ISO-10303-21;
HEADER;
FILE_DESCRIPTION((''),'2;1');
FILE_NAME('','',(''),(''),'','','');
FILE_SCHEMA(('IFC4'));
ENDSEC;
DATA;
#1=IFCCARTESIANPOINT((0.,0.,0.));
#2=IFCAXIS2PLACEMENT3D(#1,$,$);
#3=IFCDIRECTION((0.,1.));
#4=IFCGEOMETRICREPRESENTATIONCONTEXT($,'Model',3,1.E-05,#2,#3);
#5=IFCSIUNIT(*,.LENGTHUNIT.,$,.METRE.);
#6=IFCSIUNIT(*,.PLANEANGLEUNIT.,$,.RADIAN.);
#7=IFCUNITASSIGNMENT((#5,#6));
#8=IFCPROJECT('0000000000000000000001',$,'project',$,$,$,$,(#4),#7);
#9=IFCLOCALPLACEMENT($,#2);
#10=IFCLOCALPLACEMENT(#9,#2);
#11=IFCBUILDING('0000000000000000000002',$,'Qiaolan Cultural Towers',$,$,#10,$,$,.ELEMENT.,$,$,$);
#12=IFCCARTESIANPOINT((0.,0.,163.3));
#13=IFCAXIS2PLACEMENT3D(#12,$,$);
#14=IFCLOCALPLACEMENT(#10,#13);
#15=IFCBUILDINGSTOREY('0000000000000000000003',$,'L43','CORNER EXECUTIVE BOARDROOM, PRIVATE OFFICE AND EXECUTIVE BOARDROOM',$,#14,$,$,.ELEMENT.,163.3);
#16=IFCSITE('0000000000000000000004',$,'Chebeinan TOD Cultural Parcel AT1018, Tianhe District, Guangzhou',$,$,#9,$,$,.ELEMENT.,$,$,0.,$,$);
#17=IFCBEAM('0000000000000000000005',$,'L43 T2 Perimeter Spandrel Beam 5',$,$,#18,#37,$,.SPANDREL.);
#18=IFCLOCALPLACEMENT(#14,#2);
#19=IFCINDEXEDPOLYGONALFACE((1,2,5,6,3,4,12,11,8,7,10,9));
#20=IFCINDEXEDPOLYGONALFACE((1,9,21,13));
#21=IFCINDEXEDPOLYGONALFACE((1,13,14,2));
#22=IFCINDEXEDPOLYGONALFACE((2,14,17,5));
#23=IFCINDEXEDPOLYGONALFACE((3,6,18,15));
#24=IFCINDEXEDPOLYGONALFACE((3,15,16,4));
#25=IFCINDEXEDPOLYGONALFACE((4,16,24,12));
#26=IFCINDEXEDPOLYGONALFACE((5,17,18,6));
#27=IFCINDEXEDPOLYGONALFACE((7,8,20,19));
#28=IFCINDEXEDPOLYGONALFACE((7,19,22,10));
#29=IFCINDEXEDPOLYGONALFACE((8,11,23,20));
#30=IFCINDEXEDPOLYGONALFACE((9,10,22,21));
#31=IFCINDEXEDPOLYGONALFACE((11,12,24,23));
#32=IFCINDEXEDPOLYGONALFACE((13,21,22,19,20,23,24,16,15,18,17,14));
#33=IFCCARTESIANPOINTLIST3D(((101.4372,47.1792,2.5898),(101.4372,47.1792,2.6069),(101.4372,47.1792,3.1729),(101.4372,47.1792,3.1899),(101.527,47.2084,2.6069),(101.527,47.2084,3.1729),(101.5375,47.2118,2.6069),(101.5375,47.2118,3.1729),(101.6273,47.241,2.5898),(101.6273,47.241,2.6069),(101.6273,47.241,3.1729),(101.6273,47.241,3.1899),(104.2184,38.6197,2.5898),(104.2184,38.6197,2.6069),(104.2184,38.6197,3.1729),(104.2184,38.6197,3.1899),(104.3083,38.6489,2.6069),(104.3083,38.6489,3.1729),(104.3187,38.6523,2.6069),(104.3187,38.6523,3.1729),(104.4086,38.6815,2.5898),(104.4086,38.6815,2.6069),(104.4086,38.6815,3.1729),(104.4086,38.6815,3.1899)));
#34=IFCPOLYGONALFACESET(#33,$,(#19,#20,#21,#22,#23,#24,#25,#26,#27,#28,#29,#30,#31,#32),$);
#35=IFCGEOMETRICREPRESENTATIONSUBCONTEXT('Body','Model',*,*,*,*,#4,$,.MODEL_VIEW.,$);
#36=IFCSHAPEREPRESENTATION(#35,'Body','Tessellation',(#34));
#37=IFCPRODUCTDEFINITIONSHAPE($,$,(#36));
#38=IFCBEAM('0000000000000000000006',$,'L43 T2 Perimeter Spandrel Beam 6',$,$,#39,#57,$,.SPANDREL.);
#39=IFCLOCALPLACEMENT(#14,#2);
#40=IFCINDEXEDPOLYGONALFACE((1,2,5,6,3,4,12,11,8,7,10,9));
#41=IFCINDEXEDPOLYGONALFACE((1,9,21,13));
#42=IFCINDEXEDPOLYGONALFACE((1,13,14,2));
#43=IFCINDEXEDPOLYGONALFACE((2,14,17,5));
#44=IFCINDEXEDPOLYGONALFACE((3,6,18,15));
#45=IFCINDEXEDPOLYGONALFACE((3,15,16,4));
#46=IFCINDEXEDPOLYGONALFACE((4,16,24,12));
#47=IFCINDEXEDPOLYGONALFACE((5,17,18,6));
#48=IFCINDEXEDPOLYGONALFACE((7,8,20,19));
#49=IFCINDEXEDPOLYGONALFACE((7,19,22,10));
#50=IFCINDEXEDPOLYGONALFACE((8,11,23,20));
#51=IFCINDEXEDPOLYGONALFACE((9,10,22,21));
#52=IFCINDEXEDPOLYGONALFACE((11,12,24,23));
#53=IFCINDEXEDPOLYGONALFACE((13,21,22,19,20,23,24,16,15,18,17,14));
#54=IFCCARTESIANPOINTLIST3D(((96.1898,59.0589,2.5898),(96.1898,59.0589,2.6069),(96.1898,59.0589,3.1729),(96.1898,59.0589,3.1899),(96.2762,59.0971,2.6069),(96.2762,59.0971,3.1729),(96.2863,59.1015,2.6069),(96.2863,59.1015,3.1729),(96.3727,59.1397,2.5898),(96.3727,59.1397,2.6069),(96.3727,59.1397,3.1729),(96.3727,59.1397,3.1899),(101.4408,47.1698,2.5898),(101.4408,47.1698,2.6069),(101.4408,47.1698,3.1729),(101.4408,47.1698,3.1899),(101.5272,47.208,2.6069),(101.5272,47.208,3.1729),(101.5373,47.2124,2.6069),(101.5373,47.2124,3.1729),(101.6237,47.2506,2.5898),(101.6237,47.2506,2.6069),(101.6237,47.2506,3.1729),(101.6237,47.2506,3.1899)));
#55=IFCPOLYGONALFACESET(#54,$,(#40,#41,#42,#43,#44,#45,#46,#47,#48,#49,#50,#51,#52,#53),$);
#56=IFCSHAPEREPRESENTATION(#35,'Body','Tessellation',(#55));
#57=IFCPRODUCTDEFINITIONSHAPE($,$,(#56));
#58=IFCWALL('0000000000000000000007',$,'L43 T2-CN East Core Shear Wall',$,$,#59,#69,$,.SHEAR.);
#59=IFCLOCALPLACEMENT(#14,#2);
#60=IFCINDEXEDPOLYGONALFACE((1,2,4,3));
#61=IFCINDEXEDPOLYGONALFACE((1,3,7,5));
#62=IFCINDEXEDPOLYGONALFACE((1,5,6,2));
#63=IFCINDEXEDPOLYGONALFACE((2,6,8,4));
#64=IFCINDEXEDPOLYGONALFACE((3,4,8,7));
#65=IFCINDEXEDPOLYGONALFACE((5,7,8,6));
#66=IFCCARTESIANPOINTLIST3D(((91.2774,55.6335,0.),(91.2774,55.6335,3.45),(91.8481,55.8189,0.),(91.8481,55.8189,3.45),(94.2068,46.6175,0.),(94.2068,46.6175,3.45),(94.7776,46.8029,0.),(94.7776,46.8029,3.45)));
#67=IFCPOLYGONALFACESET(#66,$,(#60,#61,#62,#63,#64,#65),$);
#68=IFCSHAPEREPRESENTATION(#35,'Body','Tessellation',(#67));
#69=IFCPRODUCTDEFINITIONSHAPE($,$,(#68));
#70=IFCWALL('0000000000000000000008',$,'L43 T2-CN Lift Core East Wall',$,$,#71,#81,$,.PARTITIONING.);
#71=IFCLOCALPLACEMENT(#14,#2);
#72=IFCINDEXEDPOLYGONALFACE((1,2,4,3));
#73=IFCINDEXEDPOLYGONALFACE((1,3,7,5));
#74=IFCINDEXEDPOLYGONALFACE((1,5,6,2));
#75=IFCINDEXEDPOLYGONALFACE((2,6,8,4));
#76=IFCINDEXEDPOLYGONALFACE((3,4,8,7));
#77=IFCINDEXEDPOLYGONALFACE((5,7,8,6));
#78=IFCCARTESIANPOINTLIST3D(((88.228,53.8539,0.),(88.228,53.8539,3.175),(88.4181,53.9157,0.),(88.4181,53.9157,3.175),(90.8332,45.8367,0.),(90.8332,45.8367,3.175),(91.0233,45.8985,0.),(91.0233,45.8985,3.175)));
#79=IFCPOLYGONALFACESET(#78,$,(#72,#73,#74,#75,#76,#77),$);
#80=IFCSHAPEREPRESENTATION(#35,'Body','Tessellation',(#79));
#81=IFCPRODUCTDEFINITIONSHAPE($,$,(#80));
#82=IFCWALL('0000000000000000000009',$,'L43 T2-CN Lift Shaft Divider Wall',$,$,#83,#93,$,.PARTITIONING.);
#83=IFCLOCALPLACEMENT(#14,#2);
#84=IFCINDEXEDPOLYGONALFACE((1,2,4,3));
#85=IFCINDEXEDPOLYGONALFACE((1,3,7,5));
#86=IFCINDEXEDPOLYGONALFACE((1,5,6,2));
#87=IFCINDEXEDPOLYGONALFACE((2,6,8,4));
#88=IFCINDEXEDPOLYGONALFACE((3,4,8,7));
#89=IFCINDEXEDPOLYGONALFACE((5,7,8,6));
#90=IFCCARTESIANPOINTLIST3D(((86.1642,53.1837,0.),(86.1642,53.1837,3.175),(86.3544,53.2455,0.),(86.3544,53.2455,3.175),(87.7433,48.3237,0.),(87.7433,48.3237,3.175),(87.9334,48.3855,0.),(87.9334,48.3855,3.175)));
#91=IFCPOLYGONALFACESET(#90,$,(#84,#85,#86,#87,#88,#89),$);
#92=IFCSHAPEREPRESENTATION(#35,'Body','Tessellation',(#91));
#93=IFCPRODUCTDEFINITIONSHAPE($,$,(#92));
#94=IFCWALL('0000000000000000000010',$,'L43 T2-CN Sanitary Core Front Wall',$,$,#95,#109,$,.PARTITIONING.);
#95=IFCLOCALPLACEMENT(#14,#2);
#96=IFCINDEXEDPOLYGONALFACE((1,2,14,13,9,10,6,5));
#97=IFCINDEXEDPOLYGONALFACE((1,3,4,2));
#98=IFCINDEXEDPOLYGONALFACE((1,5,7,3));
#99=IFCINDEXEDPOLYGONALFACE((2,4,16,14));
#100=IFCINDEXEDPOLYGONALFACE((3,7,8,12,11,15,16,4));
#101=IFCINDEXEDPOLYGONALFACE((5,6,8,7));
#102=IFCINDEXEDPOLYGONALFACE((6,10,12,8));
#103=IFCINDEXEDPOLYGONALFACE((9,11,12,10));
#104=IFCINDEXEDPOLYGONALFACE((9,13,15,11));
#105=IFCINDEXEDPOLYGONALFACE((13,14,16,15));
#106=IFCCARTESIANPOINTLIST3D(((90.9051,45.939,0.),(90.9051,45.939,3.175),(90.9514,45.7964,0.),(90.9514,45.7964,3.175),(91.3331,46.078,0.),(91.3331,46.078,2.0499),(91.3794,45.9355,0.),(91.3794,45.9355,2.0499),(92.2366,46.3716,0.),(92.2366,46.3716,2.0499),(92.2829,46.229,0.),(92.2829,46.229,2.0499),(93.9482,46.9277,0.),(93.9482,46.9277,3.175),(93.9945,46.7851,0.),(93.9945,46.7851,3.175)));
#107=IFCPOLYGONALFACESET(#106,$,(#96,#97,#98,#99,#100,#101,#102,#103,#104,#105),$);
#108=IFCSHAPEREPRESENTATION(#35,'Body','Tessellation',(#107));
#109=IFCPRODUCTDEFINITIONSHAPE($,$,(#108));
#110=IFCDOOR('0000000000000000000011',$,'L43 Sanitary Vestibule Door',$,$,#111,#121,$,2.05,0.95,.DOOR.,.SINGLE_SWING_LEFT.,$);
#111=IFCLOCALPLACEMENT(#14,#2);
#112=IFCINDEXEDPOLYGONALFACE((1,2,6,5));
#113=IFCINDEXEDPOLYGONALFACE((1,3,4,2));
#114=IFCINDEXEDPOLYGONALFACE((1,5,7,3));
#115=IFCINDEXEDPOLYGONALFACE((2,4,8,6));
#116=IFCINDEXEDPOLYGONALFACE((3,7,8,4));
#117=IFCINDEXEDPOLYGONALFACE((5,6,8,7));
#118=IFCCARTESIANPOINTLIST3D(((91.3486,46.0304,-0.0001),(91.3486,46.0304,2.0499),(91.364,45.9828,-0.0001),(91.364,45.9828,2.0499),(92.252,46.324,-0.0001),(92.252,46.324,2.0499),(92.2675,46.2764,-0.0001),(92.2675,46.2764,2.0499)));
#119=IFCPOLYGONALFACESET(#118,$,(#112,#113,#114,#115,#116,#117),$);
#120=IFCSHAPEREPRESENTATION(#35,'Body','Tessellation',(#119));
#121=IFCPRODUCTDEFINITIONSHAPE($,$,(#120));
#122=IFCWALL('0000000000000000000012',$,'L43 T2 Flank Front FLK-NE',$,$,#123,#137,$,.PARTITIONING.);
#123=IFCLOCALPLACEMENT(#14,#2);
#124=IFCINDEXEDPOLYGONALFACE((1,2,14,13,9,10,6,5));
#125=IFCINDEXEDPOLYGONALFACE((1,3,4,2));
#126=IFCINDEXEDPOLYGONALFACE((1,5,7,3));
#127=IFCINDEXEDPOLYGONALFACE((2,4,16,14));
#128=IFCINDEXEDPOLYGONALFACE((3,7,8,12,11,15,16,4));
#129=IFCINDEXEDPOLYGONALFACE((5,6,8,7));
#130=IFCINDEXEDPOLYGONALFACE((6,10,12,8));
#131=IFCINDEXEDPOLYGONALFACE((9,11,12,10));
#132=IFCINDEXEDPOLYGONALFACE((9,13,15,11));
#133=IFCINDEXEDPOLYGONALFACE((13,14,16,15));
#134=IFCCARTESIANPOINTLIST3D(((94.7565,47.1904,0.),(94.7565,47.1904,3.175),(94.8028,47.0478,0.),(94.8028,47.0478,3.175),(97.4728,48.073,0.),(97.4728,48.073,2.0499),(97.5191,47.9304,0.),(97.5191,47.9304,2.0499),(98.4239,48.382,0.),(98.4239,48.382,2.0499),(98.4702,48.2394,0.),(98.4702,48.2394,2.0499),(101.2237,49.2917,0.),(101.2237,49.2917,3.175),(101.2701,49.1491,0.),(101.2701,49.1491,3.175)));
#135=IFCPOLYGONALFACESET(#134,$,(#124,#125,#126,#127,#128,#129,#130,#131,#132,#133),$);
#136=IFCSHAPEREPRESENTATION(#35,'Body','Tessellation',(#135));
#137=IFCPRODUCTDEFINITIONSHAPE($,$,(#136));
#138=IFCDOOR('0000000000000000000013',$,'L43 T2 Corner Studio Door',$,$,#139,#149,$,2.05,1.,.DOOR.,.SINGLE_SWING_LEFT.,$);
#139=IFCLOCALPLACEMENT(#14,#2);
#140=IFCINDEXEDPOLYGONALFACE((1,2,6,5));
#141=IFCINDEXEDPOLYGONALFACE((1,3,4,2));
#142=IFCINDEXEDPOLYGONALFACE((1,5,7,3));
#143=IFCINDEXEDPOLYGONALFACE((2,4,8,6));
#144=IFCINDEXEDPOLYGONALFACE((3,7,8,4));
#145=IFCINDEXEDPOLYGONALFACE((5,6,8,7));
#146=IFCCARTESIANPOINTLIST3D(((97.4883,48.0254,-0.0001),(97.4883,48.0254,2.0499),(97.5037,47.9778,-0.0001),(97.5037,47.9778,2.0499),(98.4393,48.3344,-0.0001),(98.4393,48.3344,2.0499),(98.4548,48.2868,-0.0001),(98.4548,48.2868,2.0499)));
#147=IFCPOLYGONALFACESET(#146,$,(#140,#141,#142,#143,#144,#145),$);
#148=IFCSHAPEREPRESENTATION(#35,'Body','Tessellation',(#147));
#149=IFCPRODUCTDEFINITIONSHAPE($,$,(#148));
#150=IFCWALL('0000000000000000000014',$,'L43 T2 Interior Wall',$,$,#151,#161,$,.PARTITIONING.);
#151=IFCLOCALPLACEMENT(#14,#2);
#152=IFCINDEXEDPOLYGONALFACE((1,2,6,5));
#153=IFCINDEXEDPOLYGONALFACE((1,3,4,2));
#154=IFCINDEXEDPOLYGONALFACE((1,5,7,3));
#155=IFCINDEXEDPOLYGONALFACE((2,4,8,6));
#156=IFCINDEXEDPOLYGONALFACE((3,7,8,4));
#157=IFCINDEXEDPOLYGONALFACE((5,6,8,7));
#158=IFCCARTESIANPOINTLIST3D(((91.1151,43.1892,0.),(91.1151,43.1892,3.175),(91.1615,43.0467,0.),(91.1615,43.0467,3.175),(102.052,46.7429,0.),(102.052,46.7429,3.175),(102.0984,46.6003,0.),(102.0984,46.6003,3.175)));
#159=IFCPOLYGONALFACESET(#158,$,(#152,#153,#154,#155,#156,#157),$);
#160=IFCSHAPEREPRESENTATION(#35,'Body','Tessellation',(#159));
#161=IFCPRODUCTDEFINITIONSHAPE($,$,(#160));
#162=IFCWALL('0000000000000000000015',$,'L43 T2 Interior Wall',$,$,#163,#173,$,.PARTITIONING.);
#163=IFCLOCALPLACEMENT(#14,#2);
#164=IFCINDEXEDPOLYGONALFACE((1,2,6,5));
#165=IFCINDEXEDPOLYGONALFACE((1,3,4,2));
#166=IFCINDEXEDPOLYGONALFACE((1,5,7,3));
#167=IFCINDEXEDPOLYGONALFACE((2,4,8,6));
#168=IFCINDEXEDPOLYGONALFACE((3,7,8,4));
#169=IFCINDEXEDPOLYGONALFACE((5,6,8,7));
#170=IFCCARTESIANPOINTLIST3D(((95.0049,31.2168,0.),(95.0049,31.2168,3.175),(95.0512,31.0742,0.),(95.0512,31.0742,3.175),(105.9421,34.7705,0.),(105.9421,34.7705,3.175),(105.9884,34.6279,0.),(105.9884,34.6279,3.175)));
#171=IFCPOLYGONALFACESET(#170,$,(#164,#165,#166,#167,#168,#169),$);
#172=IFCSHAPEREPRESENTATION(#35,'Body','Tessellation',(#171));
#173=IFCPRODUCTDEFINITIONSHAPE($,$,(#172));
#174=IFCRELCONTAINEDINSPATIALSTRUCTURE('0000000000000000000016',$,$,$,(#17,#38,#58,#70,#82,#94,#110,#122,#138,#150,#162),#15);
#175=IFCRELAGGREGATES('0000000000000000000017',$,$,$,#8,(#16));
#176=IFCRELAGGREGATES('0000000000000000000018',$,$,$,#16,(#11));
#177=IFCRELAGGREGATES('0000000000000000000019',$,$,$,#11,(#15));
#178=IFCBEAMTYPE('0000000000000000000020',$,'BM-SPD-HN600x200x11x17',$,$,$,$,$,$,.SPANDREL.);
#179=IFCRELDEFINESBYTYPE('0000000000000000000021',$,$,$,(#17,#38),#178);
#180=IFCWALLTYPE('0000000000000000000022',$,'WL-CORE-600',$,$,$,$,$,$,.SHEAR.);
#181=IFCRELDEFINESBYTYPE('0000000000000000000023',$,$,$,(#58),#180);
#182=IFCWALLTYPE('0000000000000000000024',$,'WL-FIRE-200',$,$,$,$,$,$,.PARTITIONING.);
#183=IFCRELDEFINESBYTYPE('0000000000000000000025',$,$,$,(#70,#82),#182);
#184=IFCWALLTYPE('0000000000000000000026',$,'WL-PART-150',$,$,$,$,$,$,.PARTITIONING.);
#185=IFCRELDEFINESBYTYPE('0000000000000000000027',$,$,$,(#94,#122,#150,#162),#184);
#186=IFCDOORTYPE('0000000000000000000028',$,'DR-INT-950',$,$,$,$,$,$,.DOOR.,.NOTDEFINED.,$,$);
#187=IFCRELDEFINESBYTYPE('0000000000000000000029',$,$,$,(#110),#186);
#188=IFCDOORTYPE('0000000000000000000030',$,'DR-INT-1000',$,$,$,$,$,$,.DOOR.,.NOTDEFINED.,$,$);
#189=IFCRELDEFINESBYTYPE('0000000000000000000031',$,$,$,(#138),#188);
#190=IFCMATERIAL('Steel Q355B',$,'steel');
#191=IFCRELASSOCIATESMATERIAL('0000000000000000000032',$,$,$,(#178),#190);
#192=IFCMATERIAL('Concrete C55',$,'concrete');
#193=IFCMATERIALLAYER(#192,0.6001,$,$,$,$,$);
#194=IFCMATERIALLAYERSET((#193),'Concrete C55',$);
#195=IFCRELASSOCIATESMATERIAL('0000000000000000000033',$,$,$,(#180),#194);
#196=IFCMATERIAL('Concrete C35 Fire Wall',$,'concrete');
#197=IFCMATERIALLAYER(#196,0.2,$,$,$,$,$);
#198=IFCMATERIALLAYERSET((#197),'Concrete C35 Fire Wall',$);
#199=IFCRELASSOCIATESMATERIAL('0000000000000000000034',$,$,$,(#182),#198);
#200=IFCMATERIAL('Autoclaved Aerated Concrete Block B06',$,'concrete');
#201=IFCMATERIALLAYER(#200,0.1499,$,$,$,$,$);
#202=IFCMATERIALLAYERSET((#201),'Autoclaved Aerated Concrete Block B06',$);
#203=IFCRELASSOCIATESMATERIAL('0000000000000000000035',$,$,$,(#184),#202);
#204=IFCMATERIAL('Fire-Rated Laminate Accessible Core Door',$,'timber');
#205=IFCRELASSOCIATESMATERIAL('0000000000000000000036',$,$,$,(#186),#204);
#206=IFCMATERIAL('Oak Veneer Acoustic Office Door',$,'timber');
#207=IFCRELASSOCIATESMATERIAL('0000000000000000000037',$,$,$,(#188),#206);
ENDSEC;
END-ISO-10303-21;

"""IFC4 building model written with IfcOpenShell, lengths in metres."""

from ifc_helpers import new_model, si_unit, direction, frame, frame_2d, origin, origin_2d, place, context, subcontext, project, spatial, rectangle, i_section, extrude, material, layer, layer_set, material_profile, profile_set, type_object, element, fill, save


model = new_model("IFC4")

# Units and contexts
model_context = context("Model", 3, precision=1e-05, world=origin(), true_north=direction((0.0, 1.0)))
body_context = subcontext(model_context, "Body", "Model", "MODEL_VIEW")
ifc_project = project(units=[si_unit("LENGTHUNIT", "METRE"), si_unit("PLANEANGLEUNIT", "RADIAN")], contexts=[model_context])

# Site, building, storey
site_placement = place(None, origin())
site = spatial("IfcSite", under=ifc_project, at=site_placement, Name="Chebeinan TOD Cultural Parcel AT1018, Tianhe District, Guangzhou", CompositionType="ELEMENT", RefElevation=0.0)
building_placement = place(site_placement, origin())
building = spatial("IfcBuilding", under=site, at=building_placement, Name="Qiaolan Cultural Towers", CompositionType="ELEMENT")
storey_placement = place(building_placement, frame((0.0, 0.0, 163.3)))
storey = spatial("IfcBuildingStorey", under=building, at=storey_placement, Name="L43", Description="CORNER EXECUTIVE BOARDROOM, PRIVATE OFFICE AND EXECUTIVE BOARDROOM", CompositionType="ELEMENT", Elevation=163.3)

# Beams
ifc_material_1 = material(Name="Steel Q355B", Category="steel")
ifc_material_profile_1 = material_profile(ifc_material_1, i_section(OverallWidth=0.2, OverallDepth=0.6001, WebThickness=0.011, FlangeThickness=0.0171, at=origin_2d()), Name="HN600x200x11x17")
ifc_profile_set_1 = profile_set([ifc_material_profile_1], Name="Steel Q355B")
beam_type_1 = type_object("IfcBeamType", Name="BM-SPD-HN600x200x11x17", PredefinedType="SPANDREL", material=ifc_profile_set_1)
beam_1_placement = place(storey_placement, frame((104.3135, 38.6506, 2.8899), z_axis=(-0.309025, 0.951054, 0.0), x_axis=(-0.951054, -0.309025, 0.0)))
element("IfcBeam", 1, at=beam_1_placement, inside=storey, type_object=beam_type_1, Name="L43 T2 Perimeter Spandrel Beam 5", PredefinedType="SPANDREL", context=body_context, shape_type="SweptSolid", body=[
    extrude(i_section(OverallWidth=0.2, OverallDepth=0.6001, WebThickness=0.011, FlangeThickness=0.0171, at=origin_2d()), origin(), (0.0, 0.0, 1.0), 9.0),
])
beam_2_placement = place(storey_placement, frame((101.5322, 47.2102, 2.8899), z_axis=(-0.404011, 0.914754, 0.0), x_axis=(-0.914754, -0.404011, 0.0)))
element("IfcBeam", 2, at=beam_2_placement, inside=storey, type_object=beam_type_1, Name="L43 T2 Perimeter Spandrel Beam 6", PredefinedType="SPANDREL", context=body_context, shape_type="SweptSolid", body=[
    extrude(i_section(OverallWidth=0.2, OverallDepth=0.6001, WebThickness=0.011, FlangeThickness=0.0171, at=origin_2d()), origin(), (0.0, 0.0, 1.0), 12.9971),
])

# Walls
ifc_material_2 = material(Name="Concrete C55", Category="concrete")
ifc_layer_1 = layer(ifc_material_2, 0.6001)
ifc_layer_set_1 = layer_set([ifc_layer_1], Name="Concrete C55")
wall_type_1 = type_object("IfcWallType", Name="WL-CORE-600", PredefinedType="SHEAR", material=ifc_layer_set_1)
wall_1_placement = place(storey_placement, frame((94.4922, 46.7102, 0.0), z_axis=(0.0, 0.0, 1.0), x_axis=(-0.30901, 0.951059, 0.0)))
element("IfcWall", 3, at=wall_1_placement, inside=storey, type_object=wall_type_1, Name="L43 T2-CN East Core Shear Wall", PredefinedType="SHEAR", context=body_context, shape_type="SweptSolid", body=[
    extrude(rectangle(XDim=9.48, YDim=0.6001, at=frame_2d((4.74, 0.0))), origin(), (0.0, 0.0, 1.0), 3.45),
])
ifc_material_3 = material(Name="Concrete C35 Fire Wall", Category="concrete")
ifc_layer_2 = layer(ifc_material_3, 0.2)
ifc_layer_set_2 = layer_set([ifc_layer_2], Name="Concrete C35 Fire Wall")
wall_type_2 = type_object("IfcWallType", Name="WL-FIRE-200", PredefinedType="PARTITIONING", material=ifc_layer_set_2)
wall_2_placement = place(storey_placement, frame((90.9282, 45.8677, 0.0), z_axis=(0.0, 0.0, 1.0), x_axis=(-0.309042, 0.951048, 0.0)))
element("IfcWall", 4, at=wall_2_placement, inside=storey, type_object=wall_type_2, Name="L43 T2-CN Lift Core East Wall", PredefinedType="PARTITIONING", context=body_context, shape_type="SweptSolid", body=[
    extrude(rectangle(XDim=8.4299, YDim=0.2, at=frame_2d((4.2148, 0.0))), origin(), (0.0, 0.0, 1.0), 3.175),
])
wall_3_placement = place(storey_placement, frame((87.8384, 48.3545, 0.0), z_axis=(0.0, 0.0, 1.0), x_axis=(-0.309009, 0.951059, 0.0)))
element("IfcWall", 5, at=wall_3_placement, inside=storey, type_object=wall_type_2, Name="L43 T2-CN Lift Shaft Divider Wall", PredefinedType="PARTITIONING", context=body_context, shape_type="SweptSolid", body=[
    extrude(rectangle(XDim=5.1101, YDim=0.2, at=frame_2d((2.5552, 0.0))), origin(), (0.0, 0.0, 1.0), 3.175),
])

# Walls, openings, doors
ifc_material_4 = material(Name="Autoclaved Aerated Concrete Block B06", Category="concrete")
ifc_layer_3 = layer(ifc_material_4, 0.1499)
ifc_layer_set_3 = layer_set([ifc_layer_3], Name="Autoclaved Aerated Concrete Block B06")
wall_type_3 = type_object("IfcWallType", Name="WL-PART-150", PredefinedType="PARTITIONING", material=ifc_layer_set_3)
wall_4_placement = place(storey_placement, frame((90.9282, 45.8677, 0.0), z_axis=(0.0, 0.0, 1.0), x_axis=(0.951059, 0.309008, 0.0)))
wall_4 = element("IfcWall", 6, at=wall_4_placement, inside=storey, type_object=wall_type_3, Name="L43 T2-CN Sanitary Core Front Wall", PredefinedType="PARTITIONING", context=body_context, shape_type="SweptSolid", body=[
    extrude(rectangle(XDim=3.1997, YDim=0.1499, at=frame_2d((1.5999, 0.0))), origin(), (0.0, 0.0, 1.0), 3.175),
])
opening_1_placement = place(wall_4_placement, frame((0.45, 0.0, 0.0)))
opening_1 = element("IfcOpeningElement", 7, at=opening_1_placement, cuts=wall_4, PredefinedType="OPENING", context=body_context, shape_type="SweptSolid", body=[
    extrude(rectangle(XDim=0.95, YDim=2.05, at=frame_2d((0.4751, 1.0249))), frame((0.0, 0.085, 0.0), z_axis=(0.0, -1.0, 0.0), x_axis=(1.0, 0.0, 0.0)), (0.0, 0.0, 1.0), 0.1699),
])
ifc_material_5 = material(Name="Fire-Rated Laminate Accessible Core Door", Category="timber")
door_type_1 = type_object("IfcDoorType", Name="DR-INT-950", OperationType="NOTDEFINED", PredefinedType="DOOR", material=ifc_material_5)
door_1_placement = place(opening_1_placement, origin())
door_1 = element("IfcDoor", 8, at=door_1_placement, inside=storey, type_object=door_type_1, Name="L43 Sanitary Vestibule Door", OperationType="SINGLE_SWING_LEFT", OverallHeight=2.05, OverallWidth=0.95, PredefinedType="DOOR", context=body_context, shape_type="SweptSolid", body=[
    extrude(rectangle(XDim=0.95, YDim=2.05, at=frame_2d((0.4751, 1.0249))), frame((0.0, 0.0249, 0.0), z_axis=(0.0, -1.0, 0.0), x_axis=(1.0, 0.0, 0.0)), (0.0, 0.0, 1.0), 0.05),
])
fill(opening_1, door_1)
wall_5_placement = place(storey_placement, frame((94.7798, 47.1191, 0.0), z_axis=(0.0, 0.0, 1.0), x_axis=(0.951058, 0.309013, 0.0)))
wall_5 = element("IfcWall", 9, at=wall_5_placement, inside=storey, type_object=wall_type_3, Name="L43 T2 Flank Front FLK-NE", PredefinedType="PARTITIONING", context=body_context, shape_type="SweptSolid", body=[
    extrude(rectangle(XDim=6.8, YDim=0.1499, at=frame_2d((3.3999, 0.0))), origin(), (0.0, 0.0, 1.0), 3.175),
])
opening_2_placement = place(wall_5_placement, frame((2.856, 0.0, 0.0)))
opening_2 = element("IfcOpeningElement", 10, at=opening_2_placement, cuts=wall_5, PredefinedType="OPENING", context=body_context, shape_type="SweptSolid", body=[
    extrude(rectangle(XDim=1.0, YDim=2.05, at=frame_2d((0.5, 1.0249))), frame((0.0, 0.085, 0.0), z_axis=(0.0, -1.0, 0.0), x_axis=(1.0, 0.0, 0.0)), (0.0, 0.0, 1.0), 0.1699),
])
ifc_material_6 = material(Name="Oak Veneer Acoustic Office Door", Category="timber")
door_type_2 = type_object("IfcDoorType", Name="DR-INT-1000", OperationType="NOTDEFINED", PredefinedType="DOOR", material=ifc_material_6)
door_2_placement = place(opening_2_placement, origin())
door_2 = element("IfcDoor", 11, at=door_2_placement, inside=storey, type_object=door_type_2, Name="L43 T2 Corner Studio Door", OperationType="SINGLE_SWING_LEFT", OverallHeight=2.05, OverallWidth=1.0, PredefinedType="DOOR", context=body_context, shape_type="SweptSolid", body=[
    extrude(rectangle(XDim=1.0, YDim=2.05, at=frame_2d((0.5, 1.0249))), frame((0.0, 0.0249, 0.0), z_axis=(0.0, -1.0, 0.0), x_axis=(1.0, 0.0, 0.0)), (0.0, 0.0, 1.0), 0.05),
])
fill(opening_2, door_2)

# Walls
wall_6_placement = place(storey_placement, frame((91.1382, 43.1179, 0.0), z_axis=(0.0, 0.0, 1.0), x_axis=(0.951055, 0.309022, 0.0)))
element("IfcWall", 12, at=wall_6_placement, inside=storey, type_object=wall_type_3, Name="L43 T2 Interior Wall", PredefinedType="PARTITIONING", context=body_context, shape_type="SweptSolid", body=[
    extrude(rectangle(XDim=11.4998, YDim=0.1499, at=frame_2d((5.75, 0.0))), origin(), (0.0, 0.0, 1.0), 3.175),
])
wall_7_placement = place(storey_placement, frame((95.0281, 31.1455, 0.0), z_axis=(0.0, 0.0, 1.0), x_axis=(0.951057, 0.309016, 0.0)))
element("IfcWall", 13, at=wall_7_placement, inside=storey, type_object=wall_type_3, Name="L43 T2 Interior Wall", PredefinedType="PARTITIONING", context=body_context, shape_type="SweptSolid", body=[
    extrude(rectangle(XDim=11.5, YDim=0.1499, at=frame_2d((5.75, 0.0))), origin(), (0.0, 0.0, 1.0), 3.175),
])

save(model, "model.ifc")
